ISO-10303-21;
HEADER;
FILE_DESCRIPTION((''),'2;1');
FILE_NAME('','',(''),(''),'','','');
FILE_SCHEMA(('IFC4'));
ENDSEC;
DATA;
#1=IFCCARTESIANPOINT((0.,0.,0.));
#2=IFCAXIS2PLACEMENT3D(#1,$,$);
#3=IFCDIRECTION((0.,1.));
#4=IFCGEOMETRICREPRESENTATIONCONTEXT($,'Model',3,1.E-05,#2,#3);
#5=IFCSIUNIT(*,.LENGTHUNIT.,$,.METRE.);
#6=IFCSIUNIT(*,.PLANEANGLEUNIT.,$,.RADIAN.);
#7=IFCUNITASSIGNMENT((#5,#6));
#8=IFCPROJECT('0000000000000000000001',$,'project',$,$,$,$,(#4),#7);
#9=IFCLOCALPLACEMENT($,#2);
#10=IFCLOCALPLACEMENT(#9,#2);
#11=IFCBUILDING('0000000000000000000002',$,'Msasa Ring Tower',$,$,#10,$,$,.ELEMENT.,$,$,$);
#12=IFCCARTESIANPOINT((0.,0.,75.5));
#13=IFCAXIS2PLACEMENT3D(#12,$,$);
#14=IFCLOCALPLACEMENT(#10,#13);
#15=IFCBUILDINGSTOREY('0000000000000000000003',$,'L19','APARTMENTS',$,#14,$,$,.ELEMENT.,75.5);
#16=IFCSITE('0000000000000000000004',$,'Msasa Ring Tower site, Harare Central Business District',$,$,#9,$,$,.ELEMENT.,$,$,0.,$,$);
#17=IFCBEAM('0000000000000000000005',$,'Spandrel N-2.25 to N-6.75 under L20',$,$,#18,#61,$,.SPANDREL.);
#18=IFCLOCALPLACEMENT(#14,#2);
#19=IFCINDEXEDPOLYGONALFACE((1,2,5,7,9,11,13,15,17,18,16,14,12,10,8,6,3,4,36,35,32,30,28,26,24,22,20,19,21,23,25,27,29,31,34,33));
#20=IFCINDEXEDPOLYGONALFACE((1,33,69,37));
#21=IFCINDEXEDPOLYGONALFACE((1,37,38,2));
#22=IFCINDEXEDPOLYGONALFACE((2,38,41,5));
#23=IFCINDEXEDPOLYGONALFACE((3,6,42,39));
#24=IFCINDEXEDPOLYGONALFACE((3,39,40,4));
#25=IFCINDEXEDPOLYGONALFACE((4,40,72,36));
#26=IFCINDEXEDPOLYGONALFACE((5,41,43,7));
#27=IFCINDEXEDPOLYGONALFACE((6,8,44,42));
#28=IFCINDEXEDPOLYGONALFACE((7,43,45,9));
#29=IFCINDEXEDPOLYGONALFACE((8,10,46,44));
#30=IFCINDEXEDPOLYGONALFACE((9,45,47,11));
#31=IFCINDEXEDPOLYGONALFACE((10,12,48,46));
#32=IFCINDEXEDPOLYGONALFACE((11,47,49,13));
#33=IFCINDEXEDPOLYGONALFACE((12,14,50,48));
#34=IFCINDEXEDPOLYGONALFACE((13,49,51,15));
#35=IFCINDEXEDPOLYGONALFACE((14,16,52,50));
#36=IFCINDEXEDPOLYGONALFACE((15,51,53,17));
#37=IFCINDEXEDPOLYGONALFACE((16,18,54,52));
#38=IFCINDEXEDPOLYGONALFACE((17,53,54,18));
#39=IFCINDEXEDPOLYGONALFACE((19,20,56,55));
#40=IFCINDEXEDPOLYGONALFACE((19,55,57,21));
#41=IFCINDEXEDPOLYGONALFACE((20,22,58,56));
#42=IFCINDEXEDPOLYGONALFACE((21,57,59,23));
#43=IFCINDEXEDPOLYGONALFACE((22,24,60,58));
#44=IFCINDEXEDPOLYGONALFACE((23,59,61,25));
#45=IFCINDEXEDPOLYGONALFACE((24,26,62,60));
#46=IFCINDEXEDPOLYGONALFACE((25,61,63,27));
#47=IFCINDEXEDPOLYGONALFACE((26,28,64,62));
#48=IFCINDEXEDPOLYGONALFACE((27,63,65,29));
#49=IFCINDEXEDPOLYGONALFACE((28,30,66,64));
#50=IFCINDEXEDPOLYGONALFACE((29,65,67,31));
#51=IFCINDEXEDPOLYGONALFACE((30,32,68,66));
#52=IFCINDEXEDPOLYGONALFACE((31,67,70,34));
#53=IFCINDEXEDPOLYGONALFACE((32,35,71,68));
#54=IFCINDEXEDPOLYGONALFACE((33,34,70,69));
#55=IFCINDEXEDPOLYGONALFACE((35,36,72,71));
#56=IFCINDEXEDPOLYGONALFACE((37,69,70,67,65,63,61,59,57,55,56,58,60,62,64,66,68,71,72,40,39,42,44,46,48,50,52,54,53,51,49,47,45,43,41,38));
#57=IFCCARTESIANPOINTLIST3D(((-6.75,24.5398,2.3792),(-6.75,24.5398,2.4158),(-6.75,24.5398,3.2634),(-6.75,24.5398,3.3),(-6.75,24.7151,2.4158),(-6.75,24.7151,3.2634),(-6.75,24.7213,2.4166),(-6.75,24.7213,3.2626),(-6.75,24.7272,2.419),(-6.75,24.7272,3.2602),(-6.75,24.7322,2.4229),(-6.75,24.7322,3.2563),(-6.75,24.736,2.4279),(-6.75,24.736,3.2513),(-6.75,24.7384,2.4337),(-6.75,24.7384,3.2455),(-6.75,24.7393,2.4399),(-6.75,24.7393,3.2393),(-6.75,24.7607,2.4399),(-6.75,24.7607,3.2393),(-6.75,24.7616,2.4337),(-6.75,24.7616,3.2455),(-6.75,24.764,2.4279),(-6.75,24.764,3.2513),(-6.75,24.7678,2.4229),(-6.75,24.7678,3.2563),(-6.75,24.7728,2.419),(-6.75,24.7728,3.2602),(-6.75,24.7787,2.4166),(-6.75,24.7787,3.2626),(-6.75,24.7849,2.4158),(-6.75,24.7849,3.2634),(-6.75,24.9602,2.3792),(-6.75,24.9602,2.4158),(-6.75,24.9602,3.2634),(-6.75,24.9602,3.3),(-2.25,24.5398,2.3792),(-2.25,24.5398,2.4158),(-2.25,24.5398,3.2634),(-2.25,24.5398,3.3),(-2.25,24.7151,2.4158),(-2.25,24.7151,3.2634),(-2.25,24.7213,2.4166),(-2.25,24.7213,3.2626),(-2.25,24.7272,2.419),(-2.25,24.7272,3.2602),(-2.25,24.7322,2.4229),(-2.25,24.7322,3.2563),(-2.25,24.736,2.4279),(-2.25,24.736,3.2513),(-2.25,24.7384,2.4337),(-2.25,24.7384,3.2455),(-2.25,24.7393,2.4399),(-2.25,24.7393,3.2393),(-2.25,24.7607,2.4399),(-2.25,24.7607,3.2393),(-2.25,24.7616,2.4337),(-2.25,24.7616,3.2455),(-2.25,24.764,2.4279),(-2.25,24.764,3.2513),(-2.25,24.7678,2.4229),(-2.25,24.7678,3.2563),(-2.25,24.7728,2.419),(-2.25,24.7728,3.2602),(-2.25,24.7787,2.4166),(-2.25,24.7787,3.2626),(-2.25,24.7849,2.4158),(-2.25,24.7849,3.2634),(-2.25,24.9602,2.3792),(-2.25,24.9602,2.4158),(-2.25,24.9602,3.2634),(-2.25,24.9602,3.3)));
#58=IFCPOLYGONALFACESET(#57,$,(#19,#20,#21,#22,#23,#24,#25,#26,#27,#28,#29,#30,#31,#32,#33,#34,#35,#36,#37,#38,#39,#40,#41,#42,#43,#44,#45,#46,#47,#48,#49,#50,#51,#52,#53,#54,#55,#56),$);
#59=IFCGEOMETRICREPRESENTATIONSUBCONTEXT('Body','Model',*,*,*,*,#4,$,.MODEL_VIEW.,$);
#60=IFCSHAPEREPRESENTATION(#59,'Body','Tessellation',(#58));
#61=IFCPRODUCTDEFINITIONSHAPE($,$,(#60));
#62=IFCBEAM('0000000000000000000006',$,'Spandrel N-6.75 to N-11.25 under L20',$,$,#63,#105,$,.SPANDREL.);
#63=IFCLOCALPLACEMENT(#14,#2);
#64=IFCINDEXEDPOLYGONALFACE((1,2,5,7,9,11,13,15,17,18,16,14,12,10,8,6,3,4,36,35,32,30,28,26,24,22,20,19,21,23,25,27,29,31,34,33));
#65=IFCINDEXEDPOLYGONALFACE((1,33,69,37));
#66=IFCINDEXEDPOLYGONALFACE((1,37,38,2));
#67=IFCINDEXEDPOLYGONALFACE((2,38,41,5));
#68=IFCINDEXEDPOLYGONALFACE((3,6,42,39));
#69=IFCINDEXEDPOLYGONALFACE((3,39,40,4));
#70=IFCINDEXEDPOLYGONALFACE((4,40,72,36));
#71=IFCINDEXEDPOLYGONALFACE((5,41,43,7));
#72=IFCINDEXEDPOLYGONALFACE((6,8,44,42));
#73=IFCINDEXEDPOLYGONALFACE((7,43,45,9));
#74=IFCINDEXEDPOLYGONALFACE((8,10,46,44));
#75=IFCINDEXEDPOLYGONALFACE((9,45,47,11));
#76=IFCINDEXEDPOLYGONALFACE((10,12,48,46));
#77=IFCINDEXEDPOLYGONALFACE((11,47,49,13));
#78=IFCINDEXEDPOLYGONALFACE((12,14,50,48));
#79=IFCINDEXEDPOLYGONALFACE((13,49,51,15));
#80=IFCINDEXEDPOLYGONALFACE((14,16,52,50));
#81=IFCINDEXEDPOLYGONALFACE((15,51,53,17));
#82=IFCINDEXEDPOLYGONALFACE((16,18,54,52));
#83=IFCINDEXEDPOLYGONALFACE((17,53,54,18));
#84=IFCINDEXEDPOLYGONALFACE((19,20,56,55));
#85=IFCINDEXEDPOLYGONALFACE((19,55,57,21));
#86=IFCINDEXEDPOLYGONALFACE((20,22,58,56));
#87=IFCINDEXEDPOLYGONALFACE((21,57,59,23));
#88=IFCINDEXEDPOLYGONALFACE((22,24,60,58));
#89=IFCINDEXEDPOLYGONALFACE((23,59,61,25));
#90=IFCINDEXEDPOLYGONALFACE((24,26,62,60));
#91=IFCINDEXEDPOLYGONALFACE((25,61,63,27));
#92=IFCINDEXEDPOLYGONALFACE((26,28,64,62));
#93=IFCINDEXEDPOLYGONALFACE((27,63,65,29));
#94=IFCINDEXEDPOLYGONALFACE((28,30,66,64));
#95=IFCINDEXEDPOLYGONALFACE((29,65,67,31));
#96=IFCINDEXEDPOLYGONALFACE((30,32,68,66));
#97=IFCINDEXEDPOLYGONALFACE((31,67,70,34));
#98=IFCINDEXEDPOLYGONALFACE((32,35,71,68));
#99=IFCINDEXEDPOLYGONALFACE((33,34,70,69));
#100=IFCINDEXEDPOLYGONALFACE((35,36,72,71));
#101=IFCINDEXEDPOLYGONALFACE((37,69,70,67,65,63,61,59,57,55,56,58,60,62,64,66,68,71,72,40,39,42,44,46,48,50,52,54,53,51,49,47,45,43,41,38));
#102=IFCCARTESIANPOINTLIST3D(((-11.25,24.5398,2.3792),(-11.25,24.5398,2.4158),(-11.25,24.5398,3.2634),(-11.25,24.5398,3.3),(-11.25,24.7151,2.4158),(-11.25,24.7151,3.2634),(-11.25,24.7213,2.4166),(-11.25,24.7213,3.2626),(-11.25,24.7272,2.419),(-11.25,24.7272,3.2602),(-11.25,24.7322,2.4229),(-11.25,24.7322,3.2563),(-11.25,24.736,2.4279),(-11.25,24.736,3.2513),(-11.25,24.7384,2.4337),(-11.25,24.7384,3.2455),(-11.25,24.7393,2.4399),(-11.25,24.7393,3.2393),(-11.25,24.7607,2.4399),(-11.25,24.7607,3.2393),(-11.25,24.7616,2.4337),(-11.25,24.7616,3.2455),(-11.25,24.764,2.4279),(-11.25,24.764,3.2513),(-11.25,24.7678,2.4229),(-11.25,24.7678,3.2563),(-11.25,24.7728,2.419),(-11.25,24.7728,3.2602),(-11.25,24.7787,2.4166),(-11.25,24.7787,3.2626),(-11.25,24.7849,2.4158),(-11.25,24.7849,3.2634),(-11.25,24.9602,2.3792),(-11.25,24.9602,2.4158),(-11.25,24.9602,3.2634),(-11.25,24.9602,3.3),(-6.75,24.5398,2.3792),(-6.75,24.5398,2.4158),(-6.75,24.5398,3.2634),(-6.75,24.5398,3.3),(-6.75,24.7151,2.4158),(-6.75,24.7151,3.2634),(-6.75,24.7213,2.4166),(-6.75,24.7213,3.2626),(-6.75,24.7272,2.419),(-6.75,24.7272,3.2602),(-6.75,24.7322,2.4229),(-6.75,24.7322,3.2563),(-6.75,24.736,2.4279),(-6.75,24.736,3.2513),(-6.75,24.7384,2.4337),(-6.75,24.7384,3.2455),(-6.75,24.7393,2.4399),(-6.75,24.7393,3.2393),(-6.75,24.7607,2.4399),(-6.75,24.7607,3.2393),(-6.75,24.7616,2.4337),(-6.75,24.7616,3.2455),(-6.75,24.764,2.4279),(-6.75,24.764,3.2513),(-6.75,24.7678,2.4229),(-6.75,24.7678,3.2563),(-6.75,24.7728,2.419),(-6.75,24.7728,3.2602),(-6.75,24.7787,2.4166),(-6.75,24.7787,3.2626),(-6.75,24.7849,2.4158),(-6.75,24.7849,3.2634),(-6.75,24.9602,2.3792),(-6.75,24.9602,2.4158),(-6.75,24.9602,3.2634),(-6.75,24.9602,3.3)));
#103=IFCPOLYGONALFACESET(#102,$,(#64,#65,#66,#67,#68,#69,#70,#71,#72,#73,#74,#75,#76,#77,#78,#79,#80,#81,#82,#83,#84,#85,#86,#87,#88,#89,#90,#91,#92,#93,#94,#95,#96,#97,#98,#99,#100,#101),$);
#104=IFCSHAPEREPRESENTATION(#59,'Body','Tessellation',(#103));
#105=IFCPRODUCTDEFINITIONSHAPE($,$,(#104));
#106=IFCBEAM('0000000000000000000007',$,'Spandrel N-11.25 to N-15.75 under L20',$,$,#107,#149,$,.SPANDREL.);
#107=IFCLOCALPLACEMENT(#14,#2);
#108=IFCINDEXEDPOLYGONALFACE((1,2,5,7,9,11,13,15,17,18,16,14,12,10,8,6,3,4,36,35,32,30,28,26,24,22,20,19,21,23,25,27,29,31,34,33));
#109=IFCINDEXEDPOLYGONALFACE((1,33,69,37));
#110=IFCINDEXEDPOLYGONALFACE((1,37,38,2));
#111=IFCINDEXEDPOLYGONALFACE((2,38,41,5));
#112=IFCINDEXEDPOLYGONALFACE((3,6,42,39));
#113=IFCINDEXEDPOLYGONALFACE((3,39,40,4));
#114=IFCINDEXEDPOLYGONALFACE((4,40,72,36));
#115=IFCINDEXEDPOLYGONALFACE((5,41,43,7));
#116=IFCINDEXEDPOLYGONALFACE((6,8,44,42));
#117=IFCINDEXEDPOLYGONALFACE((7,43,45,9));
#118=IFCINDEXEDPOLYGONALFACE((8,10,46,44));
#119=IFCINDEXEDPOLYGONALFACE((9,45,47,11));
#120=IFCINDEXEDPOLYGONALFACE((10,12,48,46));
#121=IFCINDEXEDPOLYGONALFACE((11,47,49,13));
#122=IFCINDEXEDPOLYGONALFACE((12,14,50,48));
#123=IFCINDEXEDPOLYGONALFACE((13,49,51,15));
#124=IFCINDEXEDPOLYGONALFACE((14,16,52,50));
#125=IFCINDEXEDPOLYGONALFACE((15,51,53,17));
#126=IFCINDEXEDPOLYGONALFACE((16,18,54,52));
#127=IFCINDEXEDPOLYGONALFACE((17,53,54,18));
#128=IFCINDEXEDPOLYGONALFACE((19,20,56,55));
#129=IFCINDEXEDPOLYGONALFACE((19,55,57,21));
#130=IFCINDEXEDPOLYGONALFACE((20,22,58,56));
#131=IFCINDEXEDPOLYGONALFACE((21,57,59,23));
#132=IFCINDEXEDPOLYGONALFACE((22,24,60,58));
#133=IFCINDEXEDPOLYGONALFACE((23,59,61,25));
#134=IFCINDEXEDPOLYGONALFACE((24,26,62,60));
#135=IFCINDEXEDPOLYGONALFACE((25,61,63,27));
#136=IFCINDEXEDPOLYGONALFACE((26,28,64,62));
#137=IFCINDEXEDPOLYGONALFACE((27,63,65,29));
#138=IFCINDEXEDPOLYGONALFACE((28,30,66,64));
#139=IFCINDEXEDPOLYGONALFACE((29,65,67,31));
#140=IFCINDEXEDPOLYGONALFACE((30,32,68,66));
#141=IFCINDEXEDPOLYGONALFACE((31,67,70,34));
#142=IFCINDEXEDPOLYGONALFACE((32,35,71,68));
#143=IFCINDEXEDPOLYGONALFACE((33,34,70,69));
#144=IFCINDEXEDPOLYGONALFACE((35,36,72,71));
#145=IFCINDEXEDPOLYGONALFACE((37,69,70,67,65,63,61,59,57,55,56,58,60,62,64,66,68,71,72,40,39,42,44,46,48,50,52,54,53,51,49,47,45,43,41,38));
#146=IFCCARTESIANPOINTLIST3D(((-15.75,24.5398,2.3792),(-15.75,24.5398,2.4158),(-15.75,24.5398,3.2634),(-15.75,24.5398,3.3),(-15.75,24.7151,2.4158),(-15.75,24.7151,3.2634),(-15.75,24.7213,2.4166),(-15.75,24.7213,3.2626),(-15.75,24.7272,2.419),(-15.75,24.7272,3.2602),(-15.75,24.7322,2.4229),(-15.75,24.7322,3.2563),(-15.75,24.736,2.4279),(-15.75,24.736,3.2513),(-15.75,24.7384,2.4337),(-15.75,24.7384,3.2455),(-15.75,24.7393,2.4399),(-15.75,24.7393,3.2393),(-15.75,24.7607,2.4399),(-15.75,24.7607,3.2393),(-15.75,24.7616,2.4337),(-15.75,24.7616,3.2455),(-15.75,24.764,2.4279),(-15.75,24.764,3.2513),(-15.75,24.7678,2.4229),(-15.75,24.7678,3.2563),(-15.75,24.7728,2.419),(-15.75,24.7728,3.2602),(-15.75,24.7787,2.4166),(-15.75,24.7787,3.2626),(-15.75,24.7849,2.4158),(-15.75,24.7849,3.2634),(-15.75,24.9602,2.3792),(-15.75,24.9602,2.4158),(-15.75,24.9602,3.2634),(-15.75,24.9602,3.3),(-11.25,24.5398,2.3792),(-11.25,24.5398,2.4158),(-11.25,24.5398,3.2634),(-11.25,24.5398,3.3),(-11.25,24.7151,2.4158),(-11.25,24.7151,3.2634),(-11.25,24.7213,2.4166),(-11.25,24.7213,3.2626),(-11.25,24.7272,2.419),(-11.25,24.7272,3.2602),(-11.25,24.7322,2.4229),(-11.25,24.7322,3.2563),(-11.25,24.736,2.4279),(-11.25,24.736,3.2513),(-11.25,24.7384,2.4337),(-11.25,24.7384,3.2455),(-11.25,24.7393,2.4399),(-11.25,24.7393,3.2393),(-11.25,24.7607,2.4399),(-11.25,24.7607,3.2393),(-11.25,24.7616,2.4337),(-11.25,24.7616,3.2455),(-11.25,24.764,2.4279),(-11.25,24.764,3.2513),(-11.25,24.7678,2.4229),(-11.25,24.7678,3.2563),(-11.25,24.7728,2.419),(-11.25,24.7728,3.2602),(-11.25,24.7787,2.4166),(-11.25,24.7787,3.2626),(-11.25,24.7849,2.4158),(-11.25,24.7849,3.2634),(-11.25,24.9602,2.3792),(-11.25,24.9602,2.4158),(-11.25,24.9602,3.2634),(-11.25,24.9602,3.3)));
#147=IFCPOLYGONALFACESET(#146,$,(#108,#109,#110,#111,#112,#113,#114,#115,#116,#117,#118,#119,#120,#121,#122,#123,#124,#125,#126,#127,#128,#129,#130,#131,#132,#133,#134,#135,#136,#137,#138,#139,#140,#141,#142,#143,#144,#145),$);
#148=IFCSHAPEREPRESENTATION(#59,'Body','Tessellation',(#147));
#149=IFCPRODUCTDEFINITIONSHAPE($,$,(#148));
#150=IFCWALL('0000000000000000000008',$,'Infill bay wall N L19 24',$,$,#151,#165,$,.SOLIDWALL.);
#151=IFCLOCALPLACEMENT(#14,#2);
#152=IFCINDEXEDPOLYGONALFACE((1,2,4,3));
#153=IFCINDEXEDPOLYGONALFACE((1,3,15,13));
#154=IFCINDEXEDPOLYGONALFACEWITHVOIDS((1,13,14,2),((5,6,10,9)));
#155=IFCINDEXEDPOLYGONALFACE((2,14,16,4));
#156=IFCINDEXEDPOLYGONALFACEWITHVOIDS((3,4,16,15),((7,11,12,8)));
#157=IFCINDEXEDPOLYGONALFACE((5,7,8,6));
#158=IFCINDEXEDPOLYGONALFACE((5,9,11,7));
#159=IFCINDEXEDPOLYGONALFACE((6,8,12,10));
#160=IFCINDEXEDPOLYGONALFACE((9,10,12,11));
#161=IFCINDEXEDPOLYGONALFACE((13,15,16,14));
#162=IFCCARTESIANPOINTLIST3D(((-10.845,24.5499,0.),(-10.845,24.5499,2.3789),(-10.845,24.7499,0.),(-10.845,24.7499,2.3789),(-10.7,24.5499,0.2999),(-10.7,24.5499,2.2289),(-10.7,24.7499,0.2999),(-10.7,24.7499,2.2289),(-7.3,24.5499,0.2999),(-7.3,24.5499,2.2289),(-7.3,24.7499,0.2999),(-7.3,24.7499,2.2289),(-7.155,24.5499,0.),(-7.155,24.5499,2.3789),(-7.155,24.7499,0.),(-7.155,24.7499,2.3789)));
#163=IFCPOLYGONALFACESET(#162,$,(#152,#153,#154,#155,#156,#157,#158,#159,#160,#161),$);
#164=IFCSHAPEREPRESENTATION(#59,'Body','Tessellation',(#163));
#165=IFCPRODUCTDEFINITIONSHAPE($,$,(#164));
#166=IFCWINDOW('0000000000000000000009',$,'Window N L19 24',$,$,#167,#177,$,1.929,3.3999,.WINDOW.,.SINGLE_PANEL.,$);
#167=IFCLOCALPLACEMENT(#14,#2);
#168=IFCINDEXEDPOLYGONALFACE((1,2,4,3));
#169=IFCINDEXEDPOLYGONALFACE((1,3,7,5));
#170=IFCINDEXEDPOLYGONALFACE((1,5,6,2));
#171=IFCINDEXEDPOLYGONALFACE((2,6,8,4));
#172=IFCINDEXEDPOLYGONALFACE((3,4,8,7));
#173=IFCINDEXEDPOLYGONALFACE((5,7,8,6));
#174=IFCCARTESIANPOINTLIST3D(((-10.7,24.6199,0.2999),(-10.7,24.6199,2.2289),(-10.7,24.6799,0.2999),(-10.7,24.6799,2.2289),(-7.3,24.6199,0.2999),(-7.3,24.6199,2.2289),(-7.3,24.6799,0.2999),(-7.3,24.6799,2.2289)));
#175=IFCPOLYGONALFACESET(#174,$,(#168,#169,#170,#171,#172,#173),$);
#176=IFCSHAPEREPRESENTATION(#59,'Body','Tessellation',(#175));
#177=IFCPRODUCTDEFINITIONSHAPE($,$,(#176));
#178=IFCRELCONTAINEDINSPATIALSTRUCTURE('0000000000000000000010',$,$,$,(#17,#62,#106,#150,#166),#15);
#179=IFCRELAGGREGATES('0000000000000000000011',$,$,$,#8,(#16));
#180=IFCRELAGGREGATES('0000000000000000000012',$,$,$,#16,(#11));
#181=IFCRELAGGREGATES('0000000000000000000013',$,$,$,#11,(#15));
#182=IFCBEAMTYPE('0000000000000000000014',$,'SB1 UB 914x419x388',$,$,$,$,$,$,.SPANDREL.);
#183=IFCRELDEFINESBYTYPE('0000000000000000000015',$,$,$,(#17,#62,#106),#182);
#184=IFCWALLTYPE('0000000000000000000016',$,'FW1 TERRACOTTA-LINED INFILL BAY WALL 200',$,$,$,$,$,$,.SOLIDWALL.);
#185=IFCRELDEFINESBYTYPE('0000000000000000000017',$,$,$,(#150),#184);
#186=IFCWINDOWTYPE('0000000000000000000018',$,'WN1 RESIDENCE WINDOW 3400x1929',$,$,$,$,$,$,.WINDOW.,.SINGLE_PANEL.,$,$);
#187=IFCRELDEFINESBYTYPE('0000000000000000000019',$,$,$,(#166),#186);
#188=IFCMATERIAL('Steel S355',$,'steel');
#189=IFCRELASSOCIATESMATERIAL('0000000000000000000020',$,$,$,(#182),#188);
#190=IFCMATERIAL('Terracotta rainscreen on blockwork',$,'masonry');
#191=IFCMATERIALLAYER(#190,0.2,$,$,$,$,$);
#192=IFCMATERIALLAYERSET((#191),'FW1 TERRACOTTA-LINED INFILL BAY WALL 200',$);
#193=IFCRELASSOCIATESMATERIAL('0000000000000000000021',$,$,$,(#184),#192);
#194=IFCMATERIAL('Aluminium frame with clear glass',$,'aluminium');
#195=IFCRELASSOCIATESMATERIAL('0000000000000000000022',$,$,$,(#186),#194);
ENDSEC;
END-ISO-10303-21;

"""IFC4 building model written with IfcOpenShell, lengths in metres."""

from ifc_helpers import new_model, si_unit, direction, frame, frame_2d, origin, origin_2d, place, context, subcontext, project, spatial, rectangle, i_section, extrude, material, layer, layer_set, material_profile, profile_set, type_object, element, fill, save


model = new_model("IFC4")

# Units and contexts
model_context = context("Model", 3, precision=1e-05, world=origin(), true_north=direction((0.0, 1.0)))
body_context = subcontext(model_context, "Body", "Model", "MODEL_VIEW")
ifc_project = project(units=[si_unit("LENGTHUNIT", "METRE"), si_unit("PLANEANGLEUNIT", "RADIAN")], contexts=[model_context])

# Site, building, storey
site_placement = place(None, origin())
site = spatial("IfcSite", under=ifc_project, at=site_placement, Name="Msasa Ring Tower site, Harare Central Business District", CompositionType="ELEMENT", RefElevation=0.0)
building_placement = place(site_placement, origin())
building = spatial("IfcBuilding", under=site, at=building_placement, Name="Msasa Ring Tower", CompositionType="ELEMENT")
storey_placement = place(building_placement, frame((0.0, 0.0, 75.5)))
storey = spatial("IfcBuildingStorey", under=building, at=storey_placement, Name="L19", Description="APARTMENTS", CompositionType="ELEMENT", Elevation=75.5)

# Beams
ifc_material_1 = material(Name="Steel S355", Category="steel")
ifc_material_profile_1 = material_profile(ifc_material_1, i_section(OverallWidth=0.4204, OverallDepth=0.9209, WebThickness=0.0215, FlangeThickness=0.0366, FilletRadius=0.0242, at=origin_2d()), Name="UB 914x419x388")
ifc_profile_set_1 = profile_set([ifc_material_profile_1], Name="Steel S355")
beam_type_1 = type_object("IfcBeamType", Name="SB1 UB 914x419x388", PredefinedType="SPANDREL", material=ifc_profile_set_1)
for number, where, z_axis, x_axis, name in (
    (1, (-2.25, 24.75, 2.8396), (-1.0, 0.0, 0.0), (0.0, -1.0, 0.0), "Spandrel N-2.25 to N-6.75 under L20"),
    (2, (-6.75, 24.75, 2.8396), (-1.0, 0.0, 0.0), (0.0, -1.0, 0.0), "Spandrel N-6.75 to N-11.25 under L20"),
    (3, (-11.25, 24.75, 2.8396), (-1.0, 0.0, 0.0), (0.0, -1.0, 0.0), "Spandrel N-11.25 to N-15.75 under L20"),
):
    element("IfcBeam", number, at=place(storey_placement, frame(where, z_axis=z_axis, x_axis=x_axis)), inside=storey, type_object=beam_type_1, Name=name, PredefinedType="SPANDREL", context=body_context, shape_type="SweptSolid", body=[
        extrude(i_section(OverallWidth=0.4204, OverallDepth=0.9209, WebThickness=0.0215, FlangeThickness=0.0366, FilletRadius=0.0242, at=origin_2d()), origin(), (0.0, 0.0, 1.0), 4.5),
    ])

# Wall, opening, window
ifc_material_2 = material(Name="Terracotta rainscreen on blockwork", Category="masonry")
ifc_layer_1 = layer(ifc_material_2, 0.2)
ifc_layer_set_1 = layer_set([ifc_layer_1], Name="FW1 TERRACOTTA-LINED INFILL BAY WALL 200")
wall_type_1 = type_object("IfcWallType", Name="FW1 TERRACOTTA-LINED INFILL BAY WALL 200", PredefinedType="SOLIDWALL", material=ifc_layer_set_1)
wall_1_placement = place(storey_placement, frame((-10.845, 24.6499, 0.0), z_axis=(0.0, 0.0, 1.0), x_axis=(1.0, 0.0, 0.0)))
wall_1 = element("IfcWall", 4, at=wall_1_placement, inside=storey, type_object=wall_type_1, Name="Infill bay wall N L19 24", PredefinedType="SOLIDWALL", context=body_context, shape_type="SweptSolid", body=[
    extrude(rectangle(XDim=3.6899, YDim=0.2, at=frame_2d((1.845, 0.0))), origin(), (0.0, 0.0, 1.0), 2.3789),
])
opening_1_placement = place(wall_1_placement, frame((0.145, 0.0, 0.3)))
opening_1 = element("IfcOpeningElement", 5, at=opening_1_placement, cuts=wall_1, PredefinedType="OPENING", context=body_context, shape_type="SweptSolid", body=[
    extrude(rectangle(XDim=3.3999, YDim=1.929, at=frame_2d((1.7, 0.9644))), frame((0.0, 0.1099, 0.0), z_axis=(0.0, -1.0, 0.0), x_axis=(1.0, 0.0, 0.0)), (0.0, 0.0, 1.0), 0.22),
])
ifc_material_3 = material(Name="Aluminium frame with clear glass", Category="aluminium")
window_type = type_object("IfcWindowType", Name="WN1 RESIDENCE WINDOW 3400x1929", PartitioningType="SINGLE_PANEL", PredefinedType="WINDOW", material=ifc_material_3)
window_1_placement = place(opening_1_placement, origin())
window_1 = element("IfcWindow", 6, at=window_1_placement, inside=storey, type_object=window_type, Name="Window N L19 24", OverallHeight=1.929, OverallWidth=3.3999, PartitioningType="SINGLE_PANEL", PredefinedType="WINDOW", context=body_context, shape_type="SweptSolid", body=[
    extrude(rectangle(XDim=3.3999, YDim=1.929, at=frame_2d((1.7, 0.9644))), frame((0.0, 0.03, 0.0), z_axis=(0.0, -1.0, 0.0), x_axis=(1.0, 0.0, 0.0)), (0.0, 0.0, 1.0), 0.0601),
])
fill(opening_1, window_1)

save(model, "model.ifc")
